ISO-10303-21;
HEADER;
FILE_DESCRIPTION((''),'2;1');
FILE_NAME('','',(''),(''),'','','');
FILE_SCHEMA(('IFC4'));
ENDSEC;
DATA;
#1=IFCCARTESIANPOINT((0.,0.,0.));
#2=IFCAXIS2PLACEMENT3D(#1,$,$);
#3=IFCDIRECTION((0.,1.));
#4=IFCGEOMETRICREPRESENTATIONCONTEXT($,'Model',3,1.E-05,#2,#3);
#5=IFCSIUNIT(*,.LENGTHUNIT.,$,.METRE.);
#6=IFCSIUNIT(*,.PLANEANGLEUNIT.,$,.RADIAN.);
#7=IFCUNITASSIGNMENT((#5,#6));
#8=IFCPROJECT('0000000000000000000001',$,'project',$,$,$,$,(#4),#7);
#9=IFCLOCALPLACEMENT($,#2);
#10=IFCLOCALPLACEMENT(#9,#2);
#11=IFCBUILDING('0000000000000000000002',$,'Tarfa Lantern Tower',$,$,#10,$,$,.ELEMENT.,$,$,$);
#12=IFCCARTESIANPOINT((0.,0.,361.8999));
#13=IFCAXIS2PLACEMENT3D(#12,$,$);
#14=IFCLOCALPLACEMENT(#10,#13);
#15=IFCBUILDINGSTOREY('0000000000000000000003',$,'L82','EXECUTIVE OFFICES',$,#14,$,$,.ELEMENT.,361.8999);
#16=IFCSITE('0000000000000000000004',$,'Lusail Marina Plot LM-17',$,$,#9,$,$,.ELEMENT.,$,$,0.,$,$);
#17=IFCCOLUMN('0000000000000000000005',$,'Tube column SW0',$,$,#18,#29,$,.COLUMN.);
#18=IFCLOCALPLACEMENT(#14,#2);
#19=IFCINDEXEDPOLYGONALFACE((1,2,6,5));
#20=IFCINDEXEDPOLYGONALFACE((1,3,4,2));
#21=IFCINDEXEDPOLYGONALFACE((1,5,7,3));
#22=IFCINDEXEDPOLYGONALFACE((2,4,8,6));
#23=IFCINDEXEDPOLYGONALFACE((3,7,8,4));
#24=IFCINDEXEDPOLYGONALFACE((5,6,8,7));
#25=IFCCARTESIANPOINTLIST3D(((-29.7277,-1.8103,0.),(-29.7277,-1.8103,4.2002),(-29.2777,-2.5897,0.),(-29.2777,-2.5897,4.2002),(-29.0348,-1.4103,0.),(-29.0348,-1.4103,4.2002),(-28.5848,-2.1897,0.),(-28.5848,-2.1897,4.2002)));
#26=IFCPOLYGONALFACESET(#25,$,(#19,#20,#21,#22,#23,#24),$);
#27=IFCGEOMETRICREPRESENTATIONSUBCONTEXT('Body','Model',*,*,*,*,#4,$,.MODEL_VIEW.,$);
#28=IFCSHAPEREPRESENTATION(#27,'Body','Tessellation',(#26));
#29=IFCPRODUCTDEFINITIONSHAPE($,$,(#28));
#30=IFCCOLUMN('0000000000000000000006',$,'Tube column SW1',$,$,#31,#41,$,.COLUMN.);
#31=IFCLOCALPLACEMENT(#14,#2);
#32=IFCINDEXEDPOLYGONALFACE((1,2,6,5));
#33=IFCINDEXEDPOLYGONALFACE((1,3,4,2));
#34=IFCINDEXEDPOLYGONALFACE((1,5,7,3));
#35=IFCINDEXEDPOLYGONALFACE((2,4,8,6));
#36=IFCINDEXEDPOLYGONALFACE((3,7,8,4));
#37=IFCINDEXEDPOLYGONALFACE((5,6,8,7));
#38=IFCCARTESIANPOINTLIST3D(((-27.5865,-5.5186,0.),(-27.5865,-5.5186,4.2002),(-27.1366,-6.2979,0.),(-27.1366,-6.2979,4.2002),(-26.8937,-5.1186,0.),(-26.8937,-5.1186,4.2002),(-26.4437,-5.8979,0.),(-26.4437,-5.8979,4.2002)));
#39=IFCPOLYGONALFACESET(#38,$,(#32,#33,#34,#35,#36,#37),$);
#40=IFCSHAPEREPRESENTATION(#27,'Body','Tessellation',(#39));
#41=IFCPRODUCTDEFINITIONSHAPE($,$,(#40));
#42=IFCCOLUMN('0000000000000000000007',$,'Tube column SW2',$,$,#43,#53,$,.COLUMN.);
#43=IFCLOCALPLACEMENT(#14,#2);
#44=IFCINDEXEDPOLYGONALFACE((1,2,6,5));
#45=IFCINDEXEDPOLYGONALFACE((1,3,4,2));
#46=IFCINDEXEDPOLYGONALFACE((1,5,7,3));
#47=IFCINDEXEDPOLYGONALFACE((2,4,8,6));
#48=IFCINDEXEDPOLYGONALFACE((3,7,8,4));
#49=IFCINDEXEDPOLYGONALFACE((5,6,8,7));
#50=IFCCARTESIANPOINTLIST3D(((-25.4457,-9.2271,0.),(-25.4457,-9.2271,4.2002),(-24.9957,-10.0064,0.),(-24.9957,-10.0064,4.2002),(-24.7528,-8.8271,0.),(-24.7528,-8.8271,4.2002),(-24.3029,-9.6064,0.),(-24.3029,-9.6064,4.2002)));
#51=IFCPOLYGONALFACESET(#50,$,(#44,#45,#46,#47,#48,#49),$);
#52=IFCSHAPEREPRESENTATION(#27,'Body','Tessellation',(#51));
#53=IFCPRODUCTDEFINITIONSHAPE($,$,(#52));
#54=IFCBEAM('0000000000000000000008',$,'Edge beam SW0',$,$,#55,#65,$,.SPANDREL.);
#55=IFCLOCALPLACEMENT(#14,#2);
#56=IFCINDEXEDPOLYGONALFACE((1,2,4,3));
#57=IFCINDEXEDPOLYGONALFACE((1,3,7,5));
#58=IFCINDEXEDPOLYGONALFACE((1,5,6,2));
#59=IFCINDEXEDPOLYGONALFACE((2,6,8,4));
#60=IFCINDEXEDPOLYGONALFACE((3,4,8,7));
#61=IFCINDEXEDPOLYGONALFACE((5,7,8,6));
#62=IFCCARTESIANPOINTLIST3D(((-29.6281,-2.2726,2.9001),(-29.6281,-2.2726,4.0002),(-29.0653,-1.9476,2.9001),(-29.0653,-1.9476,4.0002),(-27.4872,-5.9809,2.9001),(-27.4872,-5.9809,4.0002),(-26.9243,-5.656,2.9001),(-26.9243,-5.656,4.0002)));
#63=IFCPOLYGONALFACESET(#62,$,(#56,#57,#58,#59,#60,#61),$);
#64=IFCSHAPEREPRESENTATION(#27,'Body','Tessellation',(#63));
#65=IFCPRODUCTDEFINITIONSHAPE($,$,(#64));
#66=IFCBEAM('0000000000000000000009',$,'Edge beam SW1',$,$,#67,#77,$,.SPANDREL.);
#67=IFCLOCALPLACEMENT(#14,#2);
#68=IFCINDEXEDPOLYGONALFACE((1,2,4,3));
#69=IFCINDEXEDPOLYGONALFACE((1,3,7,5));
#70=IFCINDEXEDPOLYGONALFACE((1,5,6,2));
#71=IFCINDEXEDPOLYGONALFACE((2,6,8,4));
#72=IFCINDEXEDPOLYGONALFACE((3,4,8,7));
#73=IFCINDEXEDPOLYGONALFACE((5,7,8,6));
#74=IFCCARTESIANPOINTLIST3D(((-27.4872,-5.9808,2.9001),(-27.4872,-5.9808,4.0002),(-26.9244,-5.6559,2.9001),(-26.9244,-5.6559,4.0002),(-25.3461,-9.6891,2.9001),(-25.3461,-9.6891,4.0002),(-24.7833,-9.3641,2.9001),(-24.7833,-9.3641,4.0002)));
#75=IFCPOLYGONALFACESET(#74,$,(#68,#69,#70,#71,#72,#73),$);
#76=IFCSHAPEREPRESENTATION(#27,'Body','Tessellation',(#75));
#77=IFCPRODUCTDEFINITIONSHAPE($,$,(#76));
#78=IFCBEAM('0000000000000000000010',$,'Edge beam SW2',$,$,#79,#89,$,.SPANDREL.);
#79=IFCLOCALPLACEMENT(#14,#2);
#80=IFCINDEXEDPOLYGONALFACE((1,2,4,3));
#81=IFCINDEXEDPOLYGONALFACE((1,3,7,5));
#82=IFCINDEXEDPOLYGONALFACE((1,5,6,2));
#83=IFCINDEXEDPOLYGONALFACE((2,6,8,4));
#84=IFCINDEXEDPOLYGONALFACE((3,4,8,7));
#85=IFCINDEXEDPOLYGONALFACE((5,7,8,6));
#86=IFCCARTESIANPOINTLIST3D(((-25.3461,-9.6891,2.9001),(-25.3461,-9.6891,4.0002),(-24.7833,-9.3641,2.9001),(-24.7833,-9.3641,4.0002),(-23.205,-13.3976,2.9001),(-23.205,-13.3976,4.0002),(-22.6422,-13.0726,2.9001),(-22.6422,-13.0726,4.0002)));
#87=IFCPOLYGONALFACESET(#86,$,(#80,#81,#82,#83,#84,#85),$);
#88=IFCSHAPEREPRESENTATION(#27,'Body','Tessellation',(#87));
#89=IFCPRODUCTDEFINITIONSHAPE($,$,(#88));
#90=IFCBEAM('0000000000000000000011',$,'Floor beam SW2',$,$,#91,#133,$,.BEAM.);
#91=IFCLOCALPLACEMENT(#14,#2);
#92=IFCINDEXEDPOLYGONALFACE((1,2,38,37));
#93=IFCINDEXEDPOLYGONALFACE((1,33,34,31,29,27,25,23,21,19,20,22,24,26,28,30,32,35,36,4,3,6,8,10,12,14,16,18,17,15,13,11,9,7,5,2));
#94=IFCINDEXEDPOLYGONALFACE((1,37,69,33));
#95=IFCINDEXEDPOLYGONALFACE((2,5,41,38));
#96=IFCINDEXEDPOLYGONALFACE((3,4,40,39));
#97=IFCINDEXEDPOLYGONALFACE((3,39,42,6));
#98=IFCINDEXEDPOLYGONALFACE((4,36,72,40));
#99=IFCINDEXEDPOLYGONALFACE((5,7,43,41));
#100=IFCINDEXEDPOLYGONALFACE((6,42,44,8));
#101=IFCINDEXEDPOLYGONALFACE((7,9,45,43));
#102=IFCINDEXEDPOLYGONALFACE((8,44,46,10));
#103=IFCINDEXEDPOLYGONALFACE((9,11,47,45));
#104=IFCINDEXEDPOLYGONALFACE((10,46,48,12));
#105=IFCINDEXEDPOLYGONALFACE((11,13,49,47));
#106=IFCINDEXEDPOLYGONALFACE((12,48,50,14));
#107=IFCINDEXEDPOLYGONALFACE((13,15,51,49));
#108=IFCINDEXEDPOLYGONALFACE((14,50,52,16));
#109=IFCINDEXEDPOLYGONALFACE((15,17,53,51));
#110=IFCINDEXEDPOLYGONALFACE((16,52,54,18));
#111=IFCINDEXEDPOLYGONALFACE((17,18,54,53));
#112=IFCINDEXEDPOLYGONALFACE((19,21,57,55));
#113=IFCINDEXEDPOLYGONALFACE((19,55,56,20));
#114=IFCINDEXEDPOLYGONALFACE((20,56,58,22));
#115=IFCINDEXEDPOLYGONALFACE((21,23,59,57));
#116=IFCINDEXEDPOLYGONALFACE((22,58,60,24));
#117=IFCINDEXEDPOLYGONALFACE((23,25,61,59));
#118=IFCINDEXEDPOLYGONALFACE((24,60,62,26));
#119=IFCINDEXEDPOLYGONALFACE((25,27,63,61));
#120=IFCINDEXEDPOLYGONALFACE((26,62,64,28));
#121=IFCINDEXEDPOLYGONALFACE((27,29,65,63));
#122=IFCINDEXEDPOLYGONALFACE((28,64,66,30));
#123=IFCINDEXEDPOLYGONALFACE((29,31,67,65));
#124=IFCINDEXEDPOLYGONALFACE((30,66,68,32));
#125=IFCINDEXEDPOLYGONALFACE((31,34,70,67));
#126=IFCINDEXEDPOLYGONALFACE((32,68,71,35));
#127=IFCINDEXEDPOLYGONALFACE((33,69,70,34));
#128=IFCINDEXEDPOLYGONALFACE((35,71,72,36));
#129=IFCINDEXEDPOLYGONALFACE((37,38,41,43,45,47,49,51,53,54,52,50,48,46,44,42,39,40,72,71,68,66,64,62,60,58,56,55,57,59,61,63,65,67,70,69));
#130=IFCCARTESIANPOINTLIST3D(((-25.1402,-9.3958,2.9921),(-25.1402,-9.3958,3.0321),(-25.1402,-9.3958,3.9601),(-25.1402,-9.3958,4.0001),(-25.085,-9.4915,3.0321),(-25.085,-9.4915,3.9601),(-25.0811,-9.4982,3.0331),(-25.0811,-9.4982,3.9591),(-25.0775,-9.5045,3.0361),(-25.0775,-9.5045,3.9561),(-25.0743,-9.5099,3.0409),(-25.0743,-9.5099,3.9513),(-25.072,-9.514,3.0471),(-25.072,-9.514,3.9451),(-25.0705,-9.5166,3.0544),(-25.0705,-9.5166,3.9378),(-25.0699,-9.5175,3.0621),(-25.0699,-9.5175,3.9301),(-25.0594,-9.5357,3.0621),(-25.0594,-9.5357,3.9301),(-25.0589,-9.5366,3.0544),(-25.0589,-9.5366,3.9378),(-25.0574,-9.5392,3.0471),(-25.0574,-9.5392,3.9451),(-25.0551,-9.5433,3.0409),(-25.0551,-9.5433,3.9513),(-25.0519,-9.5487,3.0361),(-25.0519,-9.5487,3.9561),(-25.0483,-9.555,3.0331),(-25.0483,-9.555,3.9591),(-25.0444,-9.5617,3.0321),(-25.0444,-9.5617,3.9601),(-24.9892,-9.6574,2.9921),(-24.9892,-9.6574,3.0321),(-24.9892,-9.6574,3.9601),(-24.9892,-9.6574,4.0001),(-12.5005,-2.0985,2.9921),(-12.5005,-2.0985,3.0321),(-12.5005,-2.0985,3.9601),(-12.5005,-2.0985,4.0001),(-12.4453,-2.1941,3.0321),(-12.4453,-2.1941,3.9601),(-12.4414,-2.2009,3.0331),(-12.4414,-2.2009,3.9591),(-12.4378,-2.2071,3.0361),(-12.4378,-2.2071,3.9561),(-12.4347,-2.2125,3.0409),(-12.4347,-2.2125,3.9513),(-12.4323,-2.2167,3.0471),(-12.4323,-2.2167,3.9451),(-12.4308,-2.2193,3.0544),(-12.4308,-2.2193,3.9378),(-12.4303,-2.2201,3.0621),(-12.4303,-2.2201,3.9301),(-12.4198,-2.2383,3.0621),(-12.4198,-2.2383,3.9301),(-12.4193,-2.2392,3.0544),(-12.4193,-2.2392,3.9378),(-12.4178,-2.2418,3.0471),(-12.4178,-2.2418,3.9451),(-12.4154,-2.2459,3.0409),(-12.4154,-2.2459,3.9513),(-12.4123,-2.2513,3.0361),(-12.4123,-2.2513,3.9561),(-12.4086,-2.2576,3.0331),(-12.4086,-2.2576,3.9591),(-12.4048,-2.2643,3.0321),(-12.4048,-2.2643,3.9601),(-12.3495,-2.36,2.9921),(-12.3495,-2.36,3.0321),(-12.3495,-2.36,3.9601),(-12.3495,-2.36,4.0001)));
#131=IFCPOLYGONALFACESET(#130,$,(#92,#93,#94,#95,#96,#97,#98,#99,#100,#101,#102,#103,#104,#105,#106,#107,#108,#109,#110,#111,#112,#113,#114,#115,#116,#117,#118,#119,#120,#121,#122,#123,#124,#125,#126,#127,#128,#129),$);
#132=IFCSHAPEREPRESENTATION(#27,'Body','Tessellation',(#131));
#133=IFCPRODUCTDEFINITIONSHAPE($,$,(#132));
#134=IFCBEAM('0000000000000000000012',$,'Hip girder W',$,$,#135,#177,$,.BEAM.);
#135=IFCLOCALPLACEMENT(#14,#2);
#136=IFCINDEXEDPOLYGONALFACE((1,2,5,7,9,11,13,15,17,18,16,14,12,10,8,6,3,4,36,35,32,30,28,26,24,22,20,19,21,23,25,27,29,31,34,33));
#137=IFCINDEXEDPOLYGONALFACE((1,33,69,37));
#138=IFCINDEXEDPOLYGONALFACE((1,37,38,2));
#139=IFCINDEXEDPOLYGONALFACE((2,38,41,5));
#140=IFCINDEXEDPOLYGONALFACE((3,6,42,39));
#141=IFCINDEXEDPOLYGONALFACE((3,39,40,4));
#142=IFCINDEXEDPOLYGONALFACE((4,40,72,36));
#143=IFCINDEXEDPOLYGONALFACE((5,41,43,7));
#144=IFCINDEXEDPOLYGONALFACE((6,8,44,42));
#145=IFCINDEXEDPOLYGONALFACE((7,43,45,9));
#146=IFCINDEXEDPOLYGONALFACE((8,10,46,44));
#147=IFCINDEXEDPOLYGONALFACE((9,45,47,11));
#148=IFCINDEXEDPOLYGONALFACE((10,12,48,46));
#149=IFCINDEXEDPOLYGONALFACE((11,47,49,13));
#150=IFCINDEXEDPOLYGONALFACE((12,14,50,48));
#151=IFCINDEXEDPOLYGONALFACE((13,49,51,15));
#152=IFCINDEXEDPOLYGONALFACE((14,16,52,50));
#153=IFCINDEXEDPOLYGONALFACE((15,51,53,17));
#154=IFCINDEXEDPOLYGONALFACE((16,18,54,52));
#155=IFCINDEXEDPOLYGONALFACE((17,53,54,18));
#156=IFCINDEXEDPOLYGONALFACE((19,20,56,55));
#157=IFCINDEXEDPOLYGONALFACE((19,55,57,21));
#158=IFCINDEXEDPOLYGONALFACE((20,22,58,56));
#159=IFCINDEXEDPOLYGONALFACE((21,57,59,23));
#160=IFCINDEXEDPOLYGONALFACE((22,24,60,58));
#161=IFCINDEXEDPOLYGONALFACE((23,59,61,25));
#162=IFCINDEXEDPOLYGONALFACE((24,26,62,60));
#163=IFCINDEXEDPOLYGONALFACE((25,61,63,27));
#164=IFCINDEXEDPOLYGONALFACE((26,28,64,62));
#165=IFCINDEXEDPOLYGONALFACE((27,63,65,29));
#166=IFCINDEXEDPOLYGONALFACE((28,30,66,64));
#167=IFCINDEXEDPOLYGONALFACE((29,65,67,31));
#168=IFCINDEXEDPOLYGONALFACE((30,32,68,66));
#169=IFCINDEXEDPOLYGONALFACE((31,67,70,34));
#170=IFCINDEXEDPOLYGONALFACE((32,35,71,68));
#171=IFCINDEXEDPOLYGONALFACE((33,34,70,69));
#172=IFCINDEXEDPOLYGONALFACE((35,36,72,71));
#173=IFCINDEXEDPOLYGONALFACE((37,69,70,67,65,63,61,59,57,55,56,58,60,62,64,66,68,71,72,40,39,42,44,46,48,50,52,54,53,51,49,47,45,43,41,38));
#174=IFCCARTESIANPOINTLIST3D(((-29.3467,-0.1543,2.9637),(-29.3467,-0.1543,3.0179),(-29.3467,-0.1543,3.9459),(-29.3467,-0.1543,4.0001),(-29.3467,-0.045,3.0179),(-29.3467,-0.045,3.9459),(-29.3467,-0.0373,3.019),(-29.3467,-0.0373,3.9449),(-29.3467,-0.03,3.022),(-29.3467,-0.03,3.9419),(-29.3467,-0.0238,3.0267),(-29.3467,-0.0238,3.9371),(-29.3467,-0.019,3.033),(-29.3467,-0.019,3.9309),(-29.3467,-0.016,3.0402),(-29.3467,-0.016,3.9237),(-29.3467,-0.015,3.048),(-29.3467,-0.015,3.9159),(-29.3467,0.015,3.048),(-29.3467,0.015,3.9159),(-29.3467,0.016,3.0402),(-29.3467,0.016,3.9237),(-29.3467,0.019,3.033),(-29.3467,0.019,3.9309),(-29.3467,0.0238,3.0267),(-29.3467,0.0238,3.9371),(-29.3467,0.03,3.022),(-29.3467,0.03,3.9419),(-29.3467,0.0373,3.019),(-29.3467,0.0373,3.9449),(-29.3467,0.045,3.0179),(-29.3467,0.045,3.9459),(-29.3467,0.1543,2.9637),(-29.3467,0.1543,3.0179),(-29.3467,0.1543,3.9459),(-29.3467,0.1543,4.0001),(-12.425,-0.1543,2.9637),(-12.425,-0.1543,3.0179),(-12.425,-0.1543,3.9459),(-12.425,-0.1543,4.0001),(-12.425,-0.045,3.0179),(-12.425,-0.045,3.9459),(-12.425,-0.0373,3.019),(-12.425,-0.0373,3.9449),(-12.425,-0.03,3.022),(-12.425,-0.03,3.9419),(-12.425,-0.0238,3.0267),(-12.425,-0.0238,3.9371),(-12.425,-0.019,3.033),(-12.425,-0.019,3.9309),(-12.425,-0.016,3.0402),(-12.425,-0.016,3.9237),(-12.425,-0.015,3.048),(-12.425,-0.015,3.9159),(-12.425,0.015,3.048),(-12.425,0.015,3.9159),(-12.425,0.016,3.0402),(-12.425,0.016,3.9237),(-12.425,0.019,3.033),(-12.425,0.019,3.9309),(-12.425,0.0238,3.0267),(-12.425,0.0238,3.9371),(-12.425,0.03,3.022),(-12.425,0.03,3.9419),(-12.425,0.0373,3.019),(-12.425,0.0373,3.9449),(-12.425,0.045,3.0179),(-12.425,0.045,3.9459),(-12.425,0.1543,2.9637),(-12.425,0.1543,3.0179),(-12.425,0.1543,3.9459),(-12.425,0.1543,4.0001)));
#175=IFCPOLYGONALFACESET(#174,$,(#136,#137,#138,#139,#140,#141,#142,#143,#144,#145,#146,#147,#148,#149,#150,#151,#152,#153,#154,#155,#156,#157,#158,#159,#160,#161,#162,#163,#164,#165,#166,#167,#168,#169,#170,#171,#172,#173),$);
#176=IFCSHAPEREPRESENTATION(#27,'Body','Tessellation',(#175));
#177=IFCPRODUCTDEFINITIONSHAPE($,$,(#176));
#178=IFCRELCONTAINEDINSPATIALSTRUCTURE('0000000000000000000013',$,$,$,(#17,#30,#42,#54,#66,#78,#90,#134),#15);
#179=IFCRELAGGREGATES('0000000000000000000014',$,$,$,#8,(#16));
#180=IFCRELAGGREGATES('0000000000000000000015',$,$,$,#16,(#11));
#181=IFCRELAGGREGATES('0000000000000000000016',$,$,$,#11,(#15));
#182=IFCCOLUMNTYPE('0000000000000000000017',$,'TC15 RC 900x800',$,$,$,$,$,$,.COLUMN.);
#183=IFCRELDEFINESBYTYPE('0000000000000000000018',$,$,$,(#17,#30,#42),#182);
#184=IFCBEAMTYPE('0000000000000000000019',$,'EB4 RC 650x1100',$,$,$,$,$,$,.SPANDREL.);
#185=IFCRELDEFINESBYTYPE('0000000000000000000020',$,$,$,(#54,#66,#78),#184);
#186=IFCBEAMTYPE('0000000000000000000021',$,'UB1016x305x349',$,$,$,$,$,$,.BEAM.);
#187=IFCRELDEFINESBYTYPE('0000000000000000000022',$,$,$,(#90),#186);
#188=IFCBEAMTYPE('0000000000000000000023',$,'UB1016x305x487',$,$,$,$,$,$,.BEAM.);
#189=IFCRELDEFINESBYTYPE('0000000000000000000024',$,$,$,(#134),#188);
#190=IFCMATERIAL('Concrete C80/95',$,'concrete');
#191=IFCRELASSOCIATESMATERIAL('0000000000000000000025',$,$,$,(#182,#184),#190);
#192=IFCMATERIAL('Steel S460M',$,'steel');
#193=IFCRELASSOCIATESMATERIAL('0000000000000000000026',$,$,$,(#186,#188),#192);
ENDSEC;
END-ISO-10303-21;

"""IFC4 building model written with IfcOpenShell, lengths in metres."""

from ifc_helpers import new_model, si_unit, direction, frame, origin, origin_2d, place, context, subcontext, project, spatial, rectangle, i_section, extrude, material, material_profile, profile_set, type_object, element, save


model = new_model("IFC4")

# Units and contexts
model_context = context("Model", 3, precision=1e-05, world=origin(), true_north=direction((0.0, 1.0)))
body_context = subcontext(model_context, "Body", "Model", "MODEL_VIEW")
ifc_project = project(units=[si_unit("LENGTHUNIT", "METRE"), si_unit("PLANEANGLEUNIT", "RADIAN")], contexts=[model_context])

# Site, building, storey
site_placement = place(None, origin())
site = spatial("IfcSite", under=ifc_project, at=site_placement, Name="Lusail Marina Plot LM-17", CompositionType="ELEMENT", RefElevation=0.0)
building_placement = place(site_placement, origin())
building = spatial("IfcBuilding", under=site, at=building_placement, Name="Tarfa Lantern Tower", CompositionType="ELEMENT")
storey_placement = place(building_placement, frame((0.0, 0.0, 361.8999)))
storey = spatial("IfcBuildingStorey", under=building, at=storey_placement, Name="L82", Description="EXECUTIVE OFFICES", CompositionType="ELEMENT", Elevation=361.8999)

# Columns
ifc_material_1 = material(Name="Concrete C80/95", Category="concrete")
ifc_material_profile_1 = material_profile(ifc_material_1, rectangle(XDim=0.8999, YDim=0.8, at=origin_2d()), Name="RC 900x800")
ifc_profile_set_1 = profile_set([ifc_material_profile_1], Name="Concrete C80/95")
column_type = type_object("IfcColumnType", Name="TC15 RC 900x800", PredefinedType="COLUMN", material=ifc_profile_set_1)
for number, where, z_axis, x_axis, name in (
    (1, (-29.1562, -2.0, 0.0), (0.0, 0.0, 1.0), (0.5, -0.866025, 0.0), "Tube column SW0"),
    (2, (-27.0151, -5.7083, 0.0), (0.0, 0.0, 1.0), (0.5, -0.866025, 0.0), "Tube column SW1"),
    (3, (-24.8743, -9.4167, 0.0), (0.0, 0.0, 1.0), (0.5, -0.866025, 0.0), "Tube column SW2"),
):
    element("IfcColumn", number, at=place(storey_placement, frame(where, z_axis=z_axis, x_axis=x_axis)), inside=storey, type_object=column_type, Name=name, PredefinedType="COLUMN", context=body_context, shape_type="SweptSolid", body=[
        extrude(rectangle(XDim=0.8999, YDim=0.8, at=origin_2d()), origin(), (0.0, 0.0, 1.0), 4.2002),
    ])

# Beams
ifc_material_profile_2 = material_profile(ifc_material_1, rectangle(XDim=0.6499, YDim=1.1001, at=origin_2d()), Name="RC 650x1100")
ifc_profile_set_2 = profile_set([ifc_material_profile_2], Name="Concrete C80/95")
beam_type_1 = type_object("IfcBeamType", Name="EB4 RC 650x1100", PredefinedType="SPANDREL", material=ifc_profile_set_2)
for number, where, z_axis, x_axis, name in (
    (4, (-29.3467, -2.1101, 3.4502), (0.499984, -0.866035, 0.0), (0.866035, 0.499984, 0.0), "Edge beam SW0"),
    (5, (-27.2058, -5.8184, 3.4502), (0.500027, -0.86601, 0.0), (0.86601, 0.500027, 0.0), "Edge beam SW1"),
):
    element("IfcBeam", number, at=place(storey_placement, frame(where, z_axis=z_axis, x_axis=x_axis)), inside=storey, type_object=beam_type_1, Name=name, PredefinedType="SPANDREL", context=body_context, shape_type="SweptSolid", body=[
        extrude(rectangle(XDim=0.6499, YDim=1.1001, at=origin_2d()), origin(), (0.0, 0.0, 1.0), 4.282),
    ])
beam_1_placement = place(storey_placement, frame((-25.0647, -9.5266, 3.4502), z_axis=(0.500002, -0.866024, 0.0), x_axis=(0.866024, 0.500002, 0.0)))
element("IfcBeam", 6, at=beam_1_placement, inside=storey, type_object=beam_type_1, Name="Edge beam SW2", PredefinedType="SPANDREL", context=body_context, shape_type="SweptSolid", body=[
    extrude(rectangle(XDim=0.6499, YDim=1.1001, at=origin_2d()), origin(), (0.0, 0.0, 1.0), 4.2822),
])
ifc_material_2 = material(Name="Steel S460M", Category="steel")
ifc_material_profile_3 = material_profile(ifc_material_2, i_section(OverallWidth=0.302, OverallDepth=1.0081, WebThickness=0.021, FlangeThickness=0.04, FilletRadius=0.03, at=origin_2d()), Name="UB1016x305x349")
ifc_profile_set_3 = profile_set([ifc_material_profile_3], Name="Steel S460M")
beam_type_2 = type_object("IfcBeamType", Name="UB1016x305x349", PredefinedType="BEAM", material=ifc_profile_set_3)
beam_2_placement = place(storey_placement, frame((-25.0647, -9.5266, 3.4961), z_axis=(0.86603, 0.499993, 0.0), x_axis=(-0.499993, 0.86603, 0.0)))
element("IfcBeam", 7, at=beam_2_placement, inside=storey, type_object=beam_type_2, Name="Floor beam SW2", PredefinedType="BEAM", context=body_context, shape_type="SweptSolid", body=[
    extrude(i_section(OverallWidth=0.302, OverallDepth=1.0081, WebThickness=0.021, FlangeThickness=0.04, FilletRadius=0.03, at=origin_2d()), origin(), (0.0, 0.0, 1.0), 14.595),
])
ifc_material_profile_4 = material_profile(ifc_material_2, i_section(OverallWidth=0.3086, OverallDepth=1.0364, WebThickness=0.03, FlangeThickness=0.0542, FilletRadius=0.03, at=origin_2d()), Name="UB1016x305x487")
ifc_profile_set_4 = profile_set([ifc_material_profile_4], Name="Steel S460M")
beam_type_3 = type_object("IfcBeamType", Name="UB1016x305x487", PredefinedType="BEAM", material=ifc_profile_set_4)
beam_3_placement = place(storey_placement, frame((-12.425, 0.0, 3.4819), z_axis=(-1.0, 0.0, 0.0), x_axis=(0.0, -1.0, 0.0)))
element("IfcBeam", 8, at=beam_3_placement, inside=storey, type_object=beam_type_3, Name="Hip girder W", PredefinedType="BEAM", context=body_context, shape_type="SweptSolid", body=[
    extrude(i_section(OverallWidth=0.3086, OverallDepth=1.0364, WebThickness=0.03, FlangeThickness=0.0542, FilletRadius=0.03, at=origin_2d()), origin(), (0.0, 0.0, 1.0), 16.9216),
])

save(model, "model.ifc")
